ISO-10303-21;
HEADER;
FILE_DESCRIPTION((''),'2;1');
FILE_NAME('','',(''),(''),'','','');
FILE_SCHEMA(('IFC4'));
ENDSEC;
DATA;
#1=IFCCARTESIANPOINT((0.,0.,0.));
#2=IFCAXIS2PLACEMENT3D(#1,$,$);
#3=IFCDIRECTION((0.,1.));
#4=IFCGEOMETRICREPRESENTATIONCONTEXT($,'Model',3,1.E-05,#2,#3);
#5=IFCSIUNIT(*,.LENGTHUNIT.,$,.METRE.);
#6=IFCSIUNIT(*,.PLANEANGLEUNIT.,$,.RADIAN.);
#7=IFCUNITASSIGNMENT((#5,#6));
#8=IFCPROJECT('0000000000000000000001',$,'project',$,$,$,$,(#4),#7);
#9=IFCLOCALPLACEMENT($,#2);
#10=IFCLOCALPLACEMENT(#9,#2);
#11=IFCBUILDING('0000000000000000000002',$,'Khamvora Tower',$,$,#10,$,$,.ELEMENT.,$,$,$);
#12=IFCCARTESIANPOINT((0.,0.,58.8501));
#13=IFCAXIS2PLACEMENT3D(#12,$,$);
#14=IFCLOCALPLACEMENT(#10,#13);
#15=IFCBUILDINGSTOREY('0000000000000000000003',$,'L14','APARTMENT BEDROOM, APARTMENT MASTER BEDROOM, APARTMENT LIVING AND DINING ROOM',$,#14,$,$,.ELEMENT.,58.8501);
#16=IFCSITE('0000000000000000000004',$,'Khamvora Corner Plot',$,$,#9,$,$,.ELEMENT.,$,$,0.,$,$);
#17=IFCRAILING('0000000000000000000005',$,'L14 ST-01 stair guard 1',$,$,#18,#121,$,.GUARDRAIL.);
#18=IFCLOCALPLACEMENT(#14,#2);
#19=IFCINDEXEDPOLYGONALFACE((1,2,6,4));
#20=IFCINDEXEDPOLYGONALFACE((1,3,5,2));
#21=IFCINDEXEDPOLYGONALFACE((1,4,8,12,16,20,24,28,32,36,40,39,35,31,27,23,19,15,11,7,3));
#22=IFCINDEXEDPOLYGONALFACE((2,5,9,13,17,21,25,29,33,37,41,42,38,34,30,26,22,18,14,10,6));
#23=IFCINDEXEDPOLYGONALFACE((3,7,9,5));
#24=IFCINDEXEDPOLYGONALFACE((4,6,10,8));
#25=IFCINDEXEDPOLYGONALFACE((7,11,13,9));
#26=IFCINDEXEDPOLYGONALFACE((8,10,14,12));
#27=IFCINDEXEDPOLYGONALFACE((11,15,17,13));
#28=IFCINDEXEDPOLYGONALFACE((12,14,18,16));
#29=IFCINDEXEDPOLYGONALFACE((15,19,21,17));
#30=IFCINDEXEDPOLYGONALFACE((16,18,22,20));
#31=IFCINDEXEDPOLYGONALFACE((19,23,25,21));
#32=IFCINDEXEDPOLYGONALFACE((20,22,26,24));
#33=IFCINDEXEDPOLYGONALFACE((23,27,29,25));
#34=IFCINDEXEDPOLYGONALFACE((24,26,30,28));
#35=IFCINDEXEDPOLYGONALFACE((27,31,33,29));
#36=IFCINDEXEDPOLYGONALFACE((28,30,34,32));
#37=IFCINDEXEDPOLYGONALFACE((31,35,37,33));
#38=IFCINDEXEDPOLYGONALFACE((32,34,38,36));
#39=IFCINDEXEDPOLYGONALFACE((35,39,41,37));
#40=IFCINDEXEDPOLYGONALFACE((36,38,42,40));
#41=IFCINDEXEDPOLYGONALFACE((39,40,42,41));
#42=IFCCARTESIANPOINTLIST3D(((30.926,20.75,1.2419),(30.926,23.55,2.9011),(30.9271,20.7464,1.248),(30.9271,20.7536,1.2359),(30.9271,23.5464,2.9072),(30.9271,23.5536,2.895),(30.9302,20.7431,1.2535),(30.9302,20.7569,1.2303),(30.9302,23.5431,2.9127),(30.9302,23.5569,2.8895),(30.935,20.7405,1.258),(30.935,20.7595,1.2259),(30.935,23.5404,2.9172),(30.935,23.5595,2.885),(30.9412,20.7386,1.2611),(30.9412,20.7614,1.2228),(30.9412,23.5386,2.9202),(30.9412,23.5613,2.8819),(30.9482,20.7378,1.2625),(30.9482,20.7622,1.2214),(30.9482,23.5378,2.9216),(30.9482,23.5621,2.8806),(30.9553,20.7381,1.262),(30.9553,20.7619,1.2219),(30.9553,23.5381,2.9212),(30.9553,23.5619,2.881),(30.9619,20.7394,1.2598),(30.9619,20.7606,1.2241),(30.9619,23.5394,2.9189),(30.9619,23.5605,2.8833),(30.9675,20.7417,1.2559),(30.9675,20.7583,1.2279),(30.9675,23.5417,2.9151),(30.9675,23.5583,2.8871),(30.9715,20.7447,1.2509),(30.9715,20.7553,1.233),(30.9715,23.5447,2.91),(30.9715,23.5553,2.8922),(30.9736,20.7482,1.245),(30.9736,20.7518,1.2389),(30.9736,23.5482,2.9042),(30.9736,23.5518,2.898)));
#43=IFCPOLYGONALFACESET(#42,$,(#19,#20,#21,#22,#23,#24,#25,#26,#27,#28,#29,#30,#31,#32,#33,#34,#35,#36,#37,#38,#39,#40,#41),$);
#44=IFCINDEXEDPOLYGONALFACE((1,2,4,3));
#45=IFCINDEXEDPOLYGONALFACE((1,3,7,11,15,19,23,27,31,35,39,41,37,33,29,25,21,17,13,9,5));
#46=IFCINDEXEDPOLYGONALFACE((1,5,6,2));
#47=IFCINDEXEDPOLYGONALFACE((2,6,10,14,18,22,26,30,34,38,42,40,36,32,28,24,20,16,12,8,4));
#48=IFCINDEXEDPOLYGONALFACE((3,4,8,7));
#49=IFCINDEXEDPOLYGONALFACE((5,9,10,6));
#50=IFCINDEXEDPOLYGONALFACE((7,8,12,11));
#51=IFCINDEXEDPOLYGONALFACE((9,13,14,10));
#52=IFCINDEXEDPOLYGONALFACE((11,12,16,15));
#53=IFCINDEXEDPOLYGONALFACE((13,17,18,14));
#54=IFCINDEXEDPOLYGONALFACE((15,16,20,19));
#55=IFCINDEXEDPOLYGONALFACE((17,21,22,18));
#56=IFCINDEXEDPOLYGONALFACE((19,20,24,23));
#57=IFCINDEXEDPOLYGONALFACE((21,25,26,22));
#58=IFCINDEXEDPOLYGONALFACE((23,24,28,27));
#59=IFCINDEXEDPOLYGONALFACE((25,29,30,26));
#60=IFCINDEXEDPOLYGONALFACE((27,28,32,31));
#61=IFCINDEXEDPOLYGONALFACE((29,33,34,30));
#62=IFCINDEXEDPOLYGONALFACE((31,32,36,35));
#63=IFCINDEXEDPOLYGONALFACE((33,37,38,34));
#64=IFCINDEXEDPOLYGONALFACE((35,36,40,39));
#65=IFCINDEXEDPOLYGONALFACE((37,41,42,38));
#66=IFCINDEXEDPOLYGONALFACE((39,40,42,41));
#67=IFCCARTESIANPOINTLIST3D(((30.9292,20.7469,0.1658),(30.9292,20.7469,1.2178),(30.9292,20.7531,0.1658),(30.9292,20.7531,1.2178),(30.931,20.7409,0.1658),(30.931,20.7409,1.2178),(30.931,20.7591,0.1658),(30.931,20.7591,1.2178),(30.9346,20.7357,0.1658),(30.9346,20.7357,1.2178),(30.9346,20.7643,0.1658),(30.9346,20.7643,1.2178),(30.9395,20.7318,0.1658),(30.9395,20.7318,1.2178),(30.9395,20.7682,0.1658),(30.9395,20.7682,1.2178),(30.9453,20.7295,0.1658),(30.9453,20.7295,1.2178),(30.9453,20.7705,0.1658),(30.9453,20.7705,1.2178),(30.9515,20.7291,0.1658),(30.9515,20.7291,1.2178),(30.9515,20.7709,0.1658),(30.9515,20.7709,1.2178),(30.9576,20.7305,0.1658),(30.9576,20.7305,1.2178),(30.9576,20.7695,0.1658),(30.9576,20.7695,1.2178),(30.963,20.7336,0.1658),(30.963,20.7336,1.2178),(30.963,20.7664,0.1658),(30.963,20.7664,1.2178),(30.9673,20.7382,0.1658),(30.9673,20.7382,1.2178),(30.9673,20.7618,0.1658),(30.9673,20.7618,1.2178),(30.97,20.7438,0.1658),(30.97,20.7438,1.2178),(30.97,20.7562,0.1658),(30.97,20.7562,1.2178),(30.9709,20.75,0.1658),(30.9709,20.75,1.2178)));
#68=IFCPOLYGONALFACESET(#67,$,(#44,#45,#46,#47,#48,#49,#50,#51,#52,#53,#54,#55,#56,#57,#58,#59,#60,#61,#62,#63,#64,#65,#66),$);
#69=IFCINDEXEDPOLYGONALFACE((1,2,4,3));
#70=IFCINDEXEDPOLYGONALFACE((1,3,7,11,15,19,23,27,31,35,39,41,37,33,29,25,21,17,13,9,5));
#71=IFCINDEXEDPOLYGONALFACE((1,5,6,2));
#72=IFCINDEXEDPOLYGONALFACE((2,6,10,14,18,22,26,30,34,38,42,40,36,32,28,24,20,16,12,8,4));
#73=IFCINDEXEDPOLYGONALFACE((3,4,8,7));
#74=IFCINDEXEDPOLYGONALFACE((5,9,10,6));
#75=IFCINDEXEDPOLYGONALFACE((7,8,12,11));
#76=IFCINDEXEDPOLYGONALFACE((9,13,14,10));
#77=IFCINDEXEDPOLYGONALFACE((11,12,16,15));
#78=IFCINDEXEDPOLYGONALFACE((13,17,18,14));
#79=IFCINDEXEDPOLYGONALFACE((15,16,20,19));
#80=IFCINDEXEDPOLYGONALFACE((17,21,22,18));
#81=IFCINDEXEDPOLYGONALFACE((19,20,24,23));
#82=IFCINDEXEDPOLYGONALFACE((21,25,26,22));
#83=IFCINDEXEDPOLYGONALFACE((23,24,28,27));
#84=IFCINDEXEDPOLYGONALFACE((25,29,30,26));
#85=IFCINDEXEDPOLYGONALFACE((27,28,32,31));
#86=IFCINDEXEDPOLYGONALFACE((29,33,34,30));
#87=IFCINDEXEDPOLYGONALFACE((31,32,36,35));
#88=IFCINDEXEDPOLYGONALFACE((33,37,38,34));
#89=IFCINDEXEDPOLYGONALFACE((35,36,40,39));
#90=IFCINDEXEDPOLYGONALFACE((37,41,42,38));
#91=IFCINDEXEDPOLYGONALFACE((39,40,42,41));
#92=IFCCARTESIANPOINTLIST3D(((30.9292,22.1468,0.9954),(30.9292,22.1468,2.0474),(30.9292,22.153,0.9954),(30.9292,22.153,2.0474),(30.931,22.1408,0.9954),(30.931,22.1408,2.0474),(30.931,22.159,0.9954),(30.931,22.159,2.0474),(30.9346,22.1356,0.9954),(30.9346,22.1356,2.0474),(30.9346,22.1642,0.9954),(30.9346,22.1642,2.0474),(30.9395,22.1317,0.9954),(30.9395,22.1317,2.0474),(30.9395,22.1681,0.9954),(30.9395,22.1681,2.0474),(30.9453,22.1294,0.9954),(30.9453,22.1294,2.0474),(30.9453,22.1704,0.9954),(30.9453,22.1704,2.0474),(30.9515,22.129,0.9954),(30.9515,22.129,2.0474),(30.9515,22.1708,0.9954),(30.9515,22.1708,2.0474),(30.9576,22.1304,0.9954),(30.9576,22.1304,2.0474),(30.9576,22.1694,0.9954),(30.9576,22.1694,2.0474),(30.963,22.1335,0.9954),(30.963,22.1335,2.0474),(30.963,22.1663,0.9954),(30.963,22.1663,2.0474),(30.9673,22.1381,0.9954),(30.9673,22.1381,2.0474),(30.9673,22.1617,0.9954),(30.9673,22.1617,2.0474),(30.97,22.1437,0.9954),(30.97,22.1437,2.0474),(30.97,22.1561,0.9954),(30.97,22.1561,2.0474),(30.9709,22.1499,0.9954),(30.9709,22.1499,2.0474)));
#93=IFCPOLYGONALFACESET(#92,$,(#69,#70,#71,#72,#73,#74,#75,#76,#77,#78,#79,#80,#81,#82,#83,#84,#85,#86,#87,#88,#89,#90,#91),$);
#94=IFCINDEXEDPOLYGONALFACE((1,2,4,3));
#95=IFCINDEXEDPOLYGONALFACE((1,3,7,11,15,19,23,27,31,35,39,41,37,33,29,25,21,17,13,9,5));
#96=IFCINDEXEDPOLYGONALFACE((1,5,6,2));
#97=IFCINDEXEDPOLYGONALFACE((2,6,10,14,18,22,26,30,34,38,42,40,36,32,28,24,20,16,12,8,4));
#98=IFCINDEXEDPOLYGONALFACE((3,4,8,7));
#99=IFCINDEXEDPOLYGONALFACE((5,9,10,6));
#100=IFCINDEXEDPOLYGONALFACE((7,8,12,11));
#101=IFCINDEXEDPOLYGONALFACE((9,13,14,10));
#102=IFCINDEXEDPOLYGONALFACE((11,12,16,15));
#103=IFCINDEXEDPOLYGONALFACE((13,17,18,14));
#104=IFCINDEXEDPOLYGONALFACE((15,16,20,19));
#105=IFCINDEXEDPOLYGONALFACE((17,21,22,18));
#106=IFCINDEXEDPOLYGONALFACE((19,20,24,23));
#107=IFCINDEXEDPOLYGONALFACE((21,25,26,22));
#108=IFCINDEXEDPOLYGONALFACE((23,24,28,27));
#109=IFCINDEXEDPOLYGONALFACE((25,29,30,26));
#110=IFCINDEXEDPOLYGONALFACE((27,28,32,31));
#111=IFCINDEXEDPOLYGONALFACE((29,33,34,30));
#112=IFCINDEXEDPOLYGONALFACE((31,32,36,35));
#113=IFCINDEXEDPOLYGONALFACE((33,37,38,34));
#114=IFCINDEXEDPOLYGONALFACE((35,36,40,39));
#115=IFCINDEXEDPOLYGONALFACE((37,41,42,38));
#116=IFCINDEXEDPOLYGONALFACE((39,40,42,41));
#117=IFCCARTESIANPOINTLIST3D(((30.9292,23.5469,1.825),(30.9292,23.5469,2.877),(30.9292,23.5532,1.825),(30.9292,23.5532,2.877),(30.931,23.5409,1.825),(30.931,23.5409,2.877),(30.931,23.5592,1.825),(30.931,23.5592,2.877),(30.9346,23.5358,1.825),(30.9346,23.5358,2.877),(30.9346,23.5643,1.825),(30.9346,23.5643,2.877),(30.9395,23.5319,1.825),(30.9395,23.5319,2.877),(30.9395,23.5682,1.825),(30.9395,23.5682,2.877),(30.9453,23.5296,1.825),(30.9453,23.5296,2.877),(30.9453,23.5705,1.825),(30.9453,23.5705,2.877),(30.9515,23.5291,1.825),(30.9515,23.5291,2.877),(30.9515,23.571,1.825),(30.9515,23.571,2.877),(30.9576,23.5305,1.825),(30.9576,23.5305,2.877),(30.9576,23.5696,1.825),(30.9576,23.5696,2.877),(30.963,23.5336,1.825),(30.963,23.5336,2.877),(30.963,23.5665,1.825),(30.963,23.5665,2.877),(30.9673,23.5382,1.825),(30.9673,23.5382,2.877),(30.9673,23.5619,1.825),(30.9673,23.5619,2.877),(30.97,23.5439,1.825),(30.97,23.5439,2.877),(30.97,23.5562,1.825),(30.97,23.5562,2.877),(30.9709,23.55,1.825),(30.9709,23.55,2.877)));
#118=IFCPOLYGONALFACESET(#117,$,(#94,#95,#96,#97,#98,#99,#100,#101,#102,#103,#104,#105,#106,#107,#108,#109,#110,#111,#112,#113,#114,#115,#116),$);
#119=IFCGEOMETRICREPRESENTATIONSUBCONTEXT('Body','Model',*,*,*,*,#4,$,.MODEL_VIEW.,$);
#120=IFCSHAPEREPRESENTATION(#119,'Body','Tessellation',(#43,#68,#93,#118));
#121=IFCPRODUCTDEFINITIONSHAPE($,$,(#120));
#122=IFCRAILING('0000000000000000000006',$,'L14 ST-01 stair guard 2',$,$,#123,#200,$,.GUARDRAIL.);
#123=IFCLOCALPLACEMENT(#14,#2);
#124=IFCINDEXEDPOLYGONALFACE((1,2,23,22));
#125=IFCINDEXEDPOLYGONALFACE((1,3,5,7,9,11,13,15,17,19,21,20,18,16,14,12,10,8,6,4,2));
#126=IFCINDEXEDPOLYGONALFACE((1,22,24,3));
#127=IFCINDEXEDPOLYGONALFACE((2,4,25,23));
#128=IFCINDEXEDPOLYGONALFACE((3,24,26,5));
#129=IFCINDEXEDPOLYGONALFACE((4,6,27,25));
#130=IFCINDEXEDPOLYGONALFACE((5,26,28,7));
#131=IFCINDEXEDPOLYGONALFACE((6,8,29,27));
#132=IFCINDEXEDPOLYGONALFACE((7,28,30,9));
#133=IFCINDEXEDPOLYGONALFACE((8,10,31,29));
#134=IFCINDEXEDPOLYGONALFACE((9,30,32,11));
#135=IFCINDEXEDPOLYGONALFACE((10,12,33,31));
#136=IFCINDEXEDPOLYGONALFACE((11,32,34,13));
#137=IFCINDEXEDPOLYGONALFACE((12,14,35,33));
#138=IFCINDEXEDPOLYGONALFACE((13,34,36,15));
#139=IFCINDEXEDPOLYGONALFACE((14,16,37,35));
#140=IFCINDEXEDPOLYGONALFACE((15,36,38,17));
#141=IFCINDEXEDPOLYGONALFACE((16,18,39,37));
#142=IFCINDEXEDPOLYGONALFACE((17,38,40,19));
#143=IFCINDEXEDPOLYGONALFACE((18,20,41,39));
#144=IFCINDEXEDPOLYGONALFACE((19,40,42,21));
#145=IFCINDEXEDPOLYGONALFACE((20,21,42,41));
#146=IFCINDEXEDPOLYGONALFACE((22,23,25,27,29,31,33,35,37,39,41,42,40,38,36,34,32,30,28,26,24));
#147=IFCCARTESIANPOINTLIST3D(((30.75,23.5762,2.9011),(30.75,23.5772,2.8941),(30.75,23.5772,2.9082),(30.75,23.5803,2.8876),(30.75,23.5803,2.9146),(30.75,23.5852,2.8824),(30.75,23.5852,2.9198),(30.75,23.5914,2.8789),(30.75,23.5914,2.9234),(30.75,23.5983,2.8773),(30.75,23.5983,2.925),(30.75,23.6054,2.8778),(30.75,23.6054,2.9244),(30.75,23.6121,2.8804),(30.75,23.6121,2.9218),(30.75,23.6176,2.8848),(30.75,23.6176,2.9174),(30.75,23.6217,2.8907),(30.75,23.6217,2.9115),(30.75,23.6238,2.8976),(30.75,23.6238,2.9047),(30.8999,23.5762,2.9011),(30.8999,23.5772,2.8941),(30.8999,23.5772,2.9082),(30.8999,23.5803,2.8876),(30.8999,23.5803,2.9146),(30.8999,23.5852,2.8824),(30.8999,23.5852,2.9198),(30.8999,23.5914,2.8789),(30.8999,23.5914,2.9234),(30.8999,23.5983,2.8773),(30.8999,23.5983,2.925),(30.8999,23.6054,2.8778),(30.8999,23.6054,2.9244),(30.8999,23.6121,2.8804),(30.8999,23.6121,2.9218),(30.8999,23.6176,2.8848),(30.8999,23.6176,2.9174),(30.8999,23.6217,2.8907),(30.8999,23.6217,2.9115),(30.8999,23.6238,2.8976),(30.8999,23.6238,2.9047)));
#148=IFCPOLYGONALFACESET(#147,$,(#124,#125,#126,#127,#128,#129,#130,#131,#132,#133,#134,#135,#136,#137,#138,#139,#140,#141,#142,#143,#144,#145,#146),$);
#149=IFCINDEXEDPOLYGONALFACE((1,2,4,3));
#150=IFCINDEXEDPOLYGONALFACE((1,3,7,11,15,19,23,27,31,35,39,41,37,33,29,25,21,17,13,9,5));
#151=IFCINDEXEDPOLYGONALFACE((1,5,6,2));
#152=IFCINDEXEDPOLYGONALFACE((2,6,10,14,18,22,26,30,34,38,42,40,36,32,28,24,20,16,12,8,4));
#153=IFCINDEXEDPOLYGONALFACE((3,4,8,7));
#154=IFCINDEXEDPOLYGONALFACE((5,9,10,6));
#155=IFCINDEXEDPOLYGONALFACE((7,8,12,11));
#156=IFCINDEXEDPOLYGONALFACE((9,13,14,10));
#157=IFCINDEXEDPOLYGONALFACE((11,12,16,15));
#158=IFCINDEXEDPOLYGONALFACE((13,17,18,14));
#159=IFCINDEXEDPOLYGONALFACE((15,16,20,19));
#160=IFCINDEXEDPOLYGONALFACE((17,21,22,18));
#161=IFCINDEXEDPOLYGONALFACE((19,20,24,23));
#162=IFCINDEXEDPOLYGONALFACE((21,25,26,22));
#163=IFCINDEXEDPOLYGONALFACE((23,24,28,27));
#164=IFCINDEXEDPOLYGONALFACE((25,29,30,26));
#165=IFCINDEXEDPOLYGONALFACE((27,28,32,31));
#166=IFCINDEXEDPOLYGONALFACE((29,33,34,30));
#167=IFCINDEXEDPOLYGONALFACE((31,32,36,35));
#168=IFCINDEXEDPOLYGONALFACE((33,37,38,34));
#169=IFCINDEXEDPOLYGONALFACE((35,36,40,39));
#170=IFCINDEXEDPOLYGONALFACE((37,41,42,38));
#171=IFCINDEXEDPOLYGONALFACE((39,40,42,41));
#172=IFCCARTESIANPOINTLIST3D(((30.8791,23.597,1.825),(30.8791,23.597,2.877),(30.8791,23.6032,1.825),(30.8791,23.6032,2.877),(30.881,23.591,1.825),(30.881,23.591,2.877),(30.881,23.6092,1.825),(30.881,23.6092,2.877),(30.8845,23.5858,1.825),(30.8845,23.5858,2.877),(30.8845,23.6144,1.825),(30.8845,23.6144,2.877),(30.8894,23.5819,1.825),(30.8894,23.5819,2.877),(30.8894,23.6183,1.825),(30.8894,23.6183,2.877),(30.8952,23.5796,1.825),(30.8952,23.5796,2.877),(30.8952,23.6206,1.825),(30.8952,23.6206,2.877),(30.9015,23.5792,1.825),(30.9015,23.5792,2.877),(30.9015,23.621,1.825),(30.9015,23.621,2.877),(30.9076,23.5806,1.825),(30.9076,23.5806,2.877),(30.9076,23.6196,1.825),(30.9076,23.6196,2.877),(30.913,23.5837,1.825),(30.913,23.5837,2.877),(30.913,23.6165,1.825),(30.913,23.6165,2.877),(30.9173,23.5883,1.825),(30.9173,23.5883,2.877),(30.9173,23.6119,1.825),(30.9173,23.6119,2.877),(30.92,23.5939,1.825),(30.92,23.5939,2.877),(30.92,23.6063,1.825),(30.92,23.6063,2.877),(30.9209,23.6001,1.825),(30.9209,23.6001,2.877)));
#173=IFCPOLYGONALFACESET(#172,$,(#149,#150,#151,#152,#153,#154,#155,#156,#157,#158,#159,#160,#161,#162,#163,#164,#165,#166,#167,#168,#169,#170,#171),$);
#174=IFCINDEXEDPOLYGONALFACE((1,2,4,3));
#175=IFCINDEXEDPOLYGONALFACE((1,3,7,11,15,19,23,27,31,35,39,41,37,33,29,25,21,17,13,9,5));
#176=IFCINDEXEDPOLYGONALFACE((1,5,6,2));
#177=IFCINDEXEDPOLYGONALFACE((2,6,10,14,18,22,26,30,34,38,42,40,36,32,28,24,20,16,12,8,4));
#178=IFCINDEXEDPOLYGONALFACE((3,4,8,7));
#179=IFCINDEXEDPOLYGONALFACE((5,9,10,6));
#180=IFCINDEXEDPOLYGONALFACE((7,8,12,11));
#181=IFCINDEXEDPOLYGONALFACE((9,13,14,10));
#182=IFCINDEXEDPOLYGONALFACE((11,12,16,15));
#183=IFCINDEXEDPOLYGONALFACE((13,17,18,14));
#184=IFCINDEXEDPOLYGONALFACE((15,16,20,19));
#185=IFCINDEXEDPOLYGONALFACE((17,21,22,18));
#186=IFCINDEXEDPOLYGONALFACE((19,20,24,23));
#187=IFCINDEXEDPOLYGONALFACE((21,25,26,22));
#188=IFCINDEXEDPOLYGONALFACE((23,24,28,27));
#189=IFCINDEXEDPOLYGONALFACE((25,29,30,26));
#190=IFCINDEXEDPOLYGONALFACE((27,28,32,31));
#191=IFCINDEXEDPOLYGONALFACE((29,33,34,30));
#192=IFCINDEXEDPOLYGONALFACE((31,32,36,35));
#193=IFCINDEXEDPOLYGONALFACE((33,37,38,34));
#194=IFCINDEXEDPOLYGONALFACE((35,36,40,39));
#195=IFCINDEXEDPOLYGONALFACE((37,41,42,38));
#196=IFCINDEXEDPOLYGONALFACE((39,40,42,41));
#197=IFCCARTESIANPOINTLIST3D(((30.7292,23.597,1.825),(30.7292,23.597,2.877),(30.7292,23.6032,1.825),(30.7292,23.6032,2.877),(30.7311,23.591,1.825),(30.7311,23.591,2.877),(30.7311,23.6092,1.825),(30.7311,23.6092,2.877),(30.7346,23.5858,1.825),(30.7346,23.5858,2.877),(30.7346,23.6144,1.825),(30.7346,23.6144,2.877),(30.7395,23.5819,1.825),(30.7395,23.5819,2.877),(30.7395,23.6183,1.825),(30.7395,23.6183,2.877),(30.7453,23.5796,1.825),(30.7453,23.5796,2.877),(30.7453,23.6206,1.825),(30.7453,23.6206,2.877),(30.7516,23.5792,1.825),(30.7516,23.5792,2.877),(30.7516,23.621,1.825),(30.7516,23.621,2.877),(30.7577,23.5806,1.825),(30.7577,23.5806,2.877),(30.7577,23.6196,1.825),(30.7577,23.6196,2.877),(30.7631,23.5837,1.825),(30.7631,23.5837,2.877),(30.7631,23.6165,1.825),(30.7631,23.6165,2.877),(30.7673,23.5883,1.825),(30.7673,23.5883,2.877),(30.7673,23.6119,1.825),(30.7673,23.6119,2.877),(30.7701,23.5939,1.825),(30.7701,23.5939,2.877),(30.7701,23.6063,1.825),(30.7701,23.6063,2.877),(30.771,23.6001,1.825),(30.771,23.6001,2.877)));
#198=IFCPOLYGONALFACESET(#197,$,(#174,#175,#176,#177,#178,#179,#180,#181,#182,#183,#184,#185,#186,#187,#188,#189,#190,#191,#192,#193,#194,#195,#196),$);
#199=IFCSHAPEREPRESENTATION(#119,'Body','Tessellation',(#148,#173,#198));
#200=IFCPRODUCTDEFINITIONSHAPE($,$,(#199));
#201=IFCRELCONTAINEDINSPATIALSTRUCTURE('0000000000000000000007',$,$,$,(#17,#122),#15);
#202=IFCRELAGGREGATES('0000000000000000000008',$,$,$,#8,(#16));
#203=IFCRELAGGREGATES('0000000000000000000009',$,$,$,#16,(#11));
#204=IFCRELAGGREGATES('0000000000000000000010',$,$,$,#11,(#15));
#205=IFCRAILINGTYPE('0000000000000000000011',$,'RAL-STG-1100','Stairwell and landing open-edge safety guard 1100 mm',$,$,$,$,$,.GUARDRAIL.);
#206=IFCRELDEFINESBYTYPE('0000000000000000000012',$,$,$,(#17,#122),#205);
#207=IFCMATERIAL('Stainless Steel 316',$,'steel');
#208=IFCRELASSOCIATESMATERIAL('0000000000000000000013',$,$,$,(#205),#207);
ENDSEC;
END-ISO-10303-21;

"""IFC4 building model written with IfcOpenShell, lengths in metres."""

from ifc_helpers import new_model, si_unit, direction, frame, origin, origin_2d, place, context, subcontext, project, spatial, circle, extrude, material, type_object, element, save


model = new_model("IFC4")

# Units and contexts
model_context = context("Model", 3, precision=1e-05, world=origin(), true_north=direction((0.0, 1.0)))
body_context = subcontext(model_context, "Body", "Model", "MODEL_VIEW")
ifc_project = project(units=[si_unit("LENGTHUNIT", "METRE"), si_unit("PLANEANGLEUNIT", "RADIAN")], contexts=[model_context])

# Site, building, storey
site_placement = place(None, origin())
site = spatial("IfcSite", under=ifc_project, at=site_placement, Name="Khamvora Corner Plot", CompositionType="ELEMENT", RefElevation=0.0)
building_placement = place(site_placement, origin())
building = spatial("IfcBuilding", under=site, at=building_placement, Name="Khamvora Tower", CompositionType="ELEMENT")
storey_placement = place(building_placement, frame((0.0, 0.0, 58.8501)))
storey = spatial("IfcBuildingStorey", under=building, at=storey_placement, Name="L14", Description="APARTMENT BEDROOM, APARTMENT MASTER BEDROOM, APARTMENT LIVING AND DINING ROOM", CompositionType="ELEMENT", Elevation=58.8501)

# Railings
ifc_material_1 = material(Name="Stainless Steel 316", Category="steel")
railing_type_1 = type_object("IfcRailingType", Name="RAL-STG-1100", Description="Stairwell and landing open-edge safety guard 1100 mm", PredefinedType="GUARDRAIL", material=ifc_material_1)
railing_1_placement = place(storey_placement, frame((30.95, 20.75, 0.1658)))
element("IfcRailing", 1, at=railing_1_placement, inside=storey, type_object=railing_type_1, Name="L14 ST-01 stair guard 1", PredefinedType="GUARDRAIL", context=body_context, shape_type="SweptSolid", body=[
    extrude(circle(Radius=0.0239, at=origin_2d()), frame((0.0, 0.0, 1.0762), z_axis=(0.0, 0.860306, 0.509778), x_axis=(-1.0, 0.0, 0.0)), (0.0, 0.0, 1.0), 3.2546),
    extrude(circle(Radius=0.021, at=origin_2d()), origin(), (0.0, 0.0, 1.0), 1.052),
    extrude(circle(Radius=0.021, at=origin_2d()), frame((0.0, 1.3999, 0.8296)), (0.0, 0.0, 1.0), 1.052),
    extrude(circle(Radius=0.021, at=origin_2d()), frame((0.0, 2.8, 1.6592)), (0.0, 0.0, 1.0), 1.052),
])
railing_2_placement = place(storey_placement, frame((30.8999, 23.6001, 1.825)))
element("IfcRailing", 2, at=railing_2_placement, inside=storey, type_object=railing_type_1, Name="L14 ST-01 stair guard 2", PredefinedType="GUARDRAIL", context=body_context, shape_type="SweptSolid", body=[
    extrude(circle(Radius=0.0239, at=origin_2d()), frame((0.0, 0.0, 1.0762), z_axis=(-1.0, 0.0, 0.0), x_axis=(0.0, -1.0, 0.0)), (0.0, 0.0, 1.0), 0.1499),
    extrude(circle(Radius=0.021, at=origin_2d()), origin(), (0.0, 0.0, 1.0), 1.052),
    extrude(circle(Radius=0.021, at=origin_2d()), frame((-0.1499, 0.0, 0.0)), (0.0, 0.0, 1.0), 1.052),
])

save(model, "model.ifc")
